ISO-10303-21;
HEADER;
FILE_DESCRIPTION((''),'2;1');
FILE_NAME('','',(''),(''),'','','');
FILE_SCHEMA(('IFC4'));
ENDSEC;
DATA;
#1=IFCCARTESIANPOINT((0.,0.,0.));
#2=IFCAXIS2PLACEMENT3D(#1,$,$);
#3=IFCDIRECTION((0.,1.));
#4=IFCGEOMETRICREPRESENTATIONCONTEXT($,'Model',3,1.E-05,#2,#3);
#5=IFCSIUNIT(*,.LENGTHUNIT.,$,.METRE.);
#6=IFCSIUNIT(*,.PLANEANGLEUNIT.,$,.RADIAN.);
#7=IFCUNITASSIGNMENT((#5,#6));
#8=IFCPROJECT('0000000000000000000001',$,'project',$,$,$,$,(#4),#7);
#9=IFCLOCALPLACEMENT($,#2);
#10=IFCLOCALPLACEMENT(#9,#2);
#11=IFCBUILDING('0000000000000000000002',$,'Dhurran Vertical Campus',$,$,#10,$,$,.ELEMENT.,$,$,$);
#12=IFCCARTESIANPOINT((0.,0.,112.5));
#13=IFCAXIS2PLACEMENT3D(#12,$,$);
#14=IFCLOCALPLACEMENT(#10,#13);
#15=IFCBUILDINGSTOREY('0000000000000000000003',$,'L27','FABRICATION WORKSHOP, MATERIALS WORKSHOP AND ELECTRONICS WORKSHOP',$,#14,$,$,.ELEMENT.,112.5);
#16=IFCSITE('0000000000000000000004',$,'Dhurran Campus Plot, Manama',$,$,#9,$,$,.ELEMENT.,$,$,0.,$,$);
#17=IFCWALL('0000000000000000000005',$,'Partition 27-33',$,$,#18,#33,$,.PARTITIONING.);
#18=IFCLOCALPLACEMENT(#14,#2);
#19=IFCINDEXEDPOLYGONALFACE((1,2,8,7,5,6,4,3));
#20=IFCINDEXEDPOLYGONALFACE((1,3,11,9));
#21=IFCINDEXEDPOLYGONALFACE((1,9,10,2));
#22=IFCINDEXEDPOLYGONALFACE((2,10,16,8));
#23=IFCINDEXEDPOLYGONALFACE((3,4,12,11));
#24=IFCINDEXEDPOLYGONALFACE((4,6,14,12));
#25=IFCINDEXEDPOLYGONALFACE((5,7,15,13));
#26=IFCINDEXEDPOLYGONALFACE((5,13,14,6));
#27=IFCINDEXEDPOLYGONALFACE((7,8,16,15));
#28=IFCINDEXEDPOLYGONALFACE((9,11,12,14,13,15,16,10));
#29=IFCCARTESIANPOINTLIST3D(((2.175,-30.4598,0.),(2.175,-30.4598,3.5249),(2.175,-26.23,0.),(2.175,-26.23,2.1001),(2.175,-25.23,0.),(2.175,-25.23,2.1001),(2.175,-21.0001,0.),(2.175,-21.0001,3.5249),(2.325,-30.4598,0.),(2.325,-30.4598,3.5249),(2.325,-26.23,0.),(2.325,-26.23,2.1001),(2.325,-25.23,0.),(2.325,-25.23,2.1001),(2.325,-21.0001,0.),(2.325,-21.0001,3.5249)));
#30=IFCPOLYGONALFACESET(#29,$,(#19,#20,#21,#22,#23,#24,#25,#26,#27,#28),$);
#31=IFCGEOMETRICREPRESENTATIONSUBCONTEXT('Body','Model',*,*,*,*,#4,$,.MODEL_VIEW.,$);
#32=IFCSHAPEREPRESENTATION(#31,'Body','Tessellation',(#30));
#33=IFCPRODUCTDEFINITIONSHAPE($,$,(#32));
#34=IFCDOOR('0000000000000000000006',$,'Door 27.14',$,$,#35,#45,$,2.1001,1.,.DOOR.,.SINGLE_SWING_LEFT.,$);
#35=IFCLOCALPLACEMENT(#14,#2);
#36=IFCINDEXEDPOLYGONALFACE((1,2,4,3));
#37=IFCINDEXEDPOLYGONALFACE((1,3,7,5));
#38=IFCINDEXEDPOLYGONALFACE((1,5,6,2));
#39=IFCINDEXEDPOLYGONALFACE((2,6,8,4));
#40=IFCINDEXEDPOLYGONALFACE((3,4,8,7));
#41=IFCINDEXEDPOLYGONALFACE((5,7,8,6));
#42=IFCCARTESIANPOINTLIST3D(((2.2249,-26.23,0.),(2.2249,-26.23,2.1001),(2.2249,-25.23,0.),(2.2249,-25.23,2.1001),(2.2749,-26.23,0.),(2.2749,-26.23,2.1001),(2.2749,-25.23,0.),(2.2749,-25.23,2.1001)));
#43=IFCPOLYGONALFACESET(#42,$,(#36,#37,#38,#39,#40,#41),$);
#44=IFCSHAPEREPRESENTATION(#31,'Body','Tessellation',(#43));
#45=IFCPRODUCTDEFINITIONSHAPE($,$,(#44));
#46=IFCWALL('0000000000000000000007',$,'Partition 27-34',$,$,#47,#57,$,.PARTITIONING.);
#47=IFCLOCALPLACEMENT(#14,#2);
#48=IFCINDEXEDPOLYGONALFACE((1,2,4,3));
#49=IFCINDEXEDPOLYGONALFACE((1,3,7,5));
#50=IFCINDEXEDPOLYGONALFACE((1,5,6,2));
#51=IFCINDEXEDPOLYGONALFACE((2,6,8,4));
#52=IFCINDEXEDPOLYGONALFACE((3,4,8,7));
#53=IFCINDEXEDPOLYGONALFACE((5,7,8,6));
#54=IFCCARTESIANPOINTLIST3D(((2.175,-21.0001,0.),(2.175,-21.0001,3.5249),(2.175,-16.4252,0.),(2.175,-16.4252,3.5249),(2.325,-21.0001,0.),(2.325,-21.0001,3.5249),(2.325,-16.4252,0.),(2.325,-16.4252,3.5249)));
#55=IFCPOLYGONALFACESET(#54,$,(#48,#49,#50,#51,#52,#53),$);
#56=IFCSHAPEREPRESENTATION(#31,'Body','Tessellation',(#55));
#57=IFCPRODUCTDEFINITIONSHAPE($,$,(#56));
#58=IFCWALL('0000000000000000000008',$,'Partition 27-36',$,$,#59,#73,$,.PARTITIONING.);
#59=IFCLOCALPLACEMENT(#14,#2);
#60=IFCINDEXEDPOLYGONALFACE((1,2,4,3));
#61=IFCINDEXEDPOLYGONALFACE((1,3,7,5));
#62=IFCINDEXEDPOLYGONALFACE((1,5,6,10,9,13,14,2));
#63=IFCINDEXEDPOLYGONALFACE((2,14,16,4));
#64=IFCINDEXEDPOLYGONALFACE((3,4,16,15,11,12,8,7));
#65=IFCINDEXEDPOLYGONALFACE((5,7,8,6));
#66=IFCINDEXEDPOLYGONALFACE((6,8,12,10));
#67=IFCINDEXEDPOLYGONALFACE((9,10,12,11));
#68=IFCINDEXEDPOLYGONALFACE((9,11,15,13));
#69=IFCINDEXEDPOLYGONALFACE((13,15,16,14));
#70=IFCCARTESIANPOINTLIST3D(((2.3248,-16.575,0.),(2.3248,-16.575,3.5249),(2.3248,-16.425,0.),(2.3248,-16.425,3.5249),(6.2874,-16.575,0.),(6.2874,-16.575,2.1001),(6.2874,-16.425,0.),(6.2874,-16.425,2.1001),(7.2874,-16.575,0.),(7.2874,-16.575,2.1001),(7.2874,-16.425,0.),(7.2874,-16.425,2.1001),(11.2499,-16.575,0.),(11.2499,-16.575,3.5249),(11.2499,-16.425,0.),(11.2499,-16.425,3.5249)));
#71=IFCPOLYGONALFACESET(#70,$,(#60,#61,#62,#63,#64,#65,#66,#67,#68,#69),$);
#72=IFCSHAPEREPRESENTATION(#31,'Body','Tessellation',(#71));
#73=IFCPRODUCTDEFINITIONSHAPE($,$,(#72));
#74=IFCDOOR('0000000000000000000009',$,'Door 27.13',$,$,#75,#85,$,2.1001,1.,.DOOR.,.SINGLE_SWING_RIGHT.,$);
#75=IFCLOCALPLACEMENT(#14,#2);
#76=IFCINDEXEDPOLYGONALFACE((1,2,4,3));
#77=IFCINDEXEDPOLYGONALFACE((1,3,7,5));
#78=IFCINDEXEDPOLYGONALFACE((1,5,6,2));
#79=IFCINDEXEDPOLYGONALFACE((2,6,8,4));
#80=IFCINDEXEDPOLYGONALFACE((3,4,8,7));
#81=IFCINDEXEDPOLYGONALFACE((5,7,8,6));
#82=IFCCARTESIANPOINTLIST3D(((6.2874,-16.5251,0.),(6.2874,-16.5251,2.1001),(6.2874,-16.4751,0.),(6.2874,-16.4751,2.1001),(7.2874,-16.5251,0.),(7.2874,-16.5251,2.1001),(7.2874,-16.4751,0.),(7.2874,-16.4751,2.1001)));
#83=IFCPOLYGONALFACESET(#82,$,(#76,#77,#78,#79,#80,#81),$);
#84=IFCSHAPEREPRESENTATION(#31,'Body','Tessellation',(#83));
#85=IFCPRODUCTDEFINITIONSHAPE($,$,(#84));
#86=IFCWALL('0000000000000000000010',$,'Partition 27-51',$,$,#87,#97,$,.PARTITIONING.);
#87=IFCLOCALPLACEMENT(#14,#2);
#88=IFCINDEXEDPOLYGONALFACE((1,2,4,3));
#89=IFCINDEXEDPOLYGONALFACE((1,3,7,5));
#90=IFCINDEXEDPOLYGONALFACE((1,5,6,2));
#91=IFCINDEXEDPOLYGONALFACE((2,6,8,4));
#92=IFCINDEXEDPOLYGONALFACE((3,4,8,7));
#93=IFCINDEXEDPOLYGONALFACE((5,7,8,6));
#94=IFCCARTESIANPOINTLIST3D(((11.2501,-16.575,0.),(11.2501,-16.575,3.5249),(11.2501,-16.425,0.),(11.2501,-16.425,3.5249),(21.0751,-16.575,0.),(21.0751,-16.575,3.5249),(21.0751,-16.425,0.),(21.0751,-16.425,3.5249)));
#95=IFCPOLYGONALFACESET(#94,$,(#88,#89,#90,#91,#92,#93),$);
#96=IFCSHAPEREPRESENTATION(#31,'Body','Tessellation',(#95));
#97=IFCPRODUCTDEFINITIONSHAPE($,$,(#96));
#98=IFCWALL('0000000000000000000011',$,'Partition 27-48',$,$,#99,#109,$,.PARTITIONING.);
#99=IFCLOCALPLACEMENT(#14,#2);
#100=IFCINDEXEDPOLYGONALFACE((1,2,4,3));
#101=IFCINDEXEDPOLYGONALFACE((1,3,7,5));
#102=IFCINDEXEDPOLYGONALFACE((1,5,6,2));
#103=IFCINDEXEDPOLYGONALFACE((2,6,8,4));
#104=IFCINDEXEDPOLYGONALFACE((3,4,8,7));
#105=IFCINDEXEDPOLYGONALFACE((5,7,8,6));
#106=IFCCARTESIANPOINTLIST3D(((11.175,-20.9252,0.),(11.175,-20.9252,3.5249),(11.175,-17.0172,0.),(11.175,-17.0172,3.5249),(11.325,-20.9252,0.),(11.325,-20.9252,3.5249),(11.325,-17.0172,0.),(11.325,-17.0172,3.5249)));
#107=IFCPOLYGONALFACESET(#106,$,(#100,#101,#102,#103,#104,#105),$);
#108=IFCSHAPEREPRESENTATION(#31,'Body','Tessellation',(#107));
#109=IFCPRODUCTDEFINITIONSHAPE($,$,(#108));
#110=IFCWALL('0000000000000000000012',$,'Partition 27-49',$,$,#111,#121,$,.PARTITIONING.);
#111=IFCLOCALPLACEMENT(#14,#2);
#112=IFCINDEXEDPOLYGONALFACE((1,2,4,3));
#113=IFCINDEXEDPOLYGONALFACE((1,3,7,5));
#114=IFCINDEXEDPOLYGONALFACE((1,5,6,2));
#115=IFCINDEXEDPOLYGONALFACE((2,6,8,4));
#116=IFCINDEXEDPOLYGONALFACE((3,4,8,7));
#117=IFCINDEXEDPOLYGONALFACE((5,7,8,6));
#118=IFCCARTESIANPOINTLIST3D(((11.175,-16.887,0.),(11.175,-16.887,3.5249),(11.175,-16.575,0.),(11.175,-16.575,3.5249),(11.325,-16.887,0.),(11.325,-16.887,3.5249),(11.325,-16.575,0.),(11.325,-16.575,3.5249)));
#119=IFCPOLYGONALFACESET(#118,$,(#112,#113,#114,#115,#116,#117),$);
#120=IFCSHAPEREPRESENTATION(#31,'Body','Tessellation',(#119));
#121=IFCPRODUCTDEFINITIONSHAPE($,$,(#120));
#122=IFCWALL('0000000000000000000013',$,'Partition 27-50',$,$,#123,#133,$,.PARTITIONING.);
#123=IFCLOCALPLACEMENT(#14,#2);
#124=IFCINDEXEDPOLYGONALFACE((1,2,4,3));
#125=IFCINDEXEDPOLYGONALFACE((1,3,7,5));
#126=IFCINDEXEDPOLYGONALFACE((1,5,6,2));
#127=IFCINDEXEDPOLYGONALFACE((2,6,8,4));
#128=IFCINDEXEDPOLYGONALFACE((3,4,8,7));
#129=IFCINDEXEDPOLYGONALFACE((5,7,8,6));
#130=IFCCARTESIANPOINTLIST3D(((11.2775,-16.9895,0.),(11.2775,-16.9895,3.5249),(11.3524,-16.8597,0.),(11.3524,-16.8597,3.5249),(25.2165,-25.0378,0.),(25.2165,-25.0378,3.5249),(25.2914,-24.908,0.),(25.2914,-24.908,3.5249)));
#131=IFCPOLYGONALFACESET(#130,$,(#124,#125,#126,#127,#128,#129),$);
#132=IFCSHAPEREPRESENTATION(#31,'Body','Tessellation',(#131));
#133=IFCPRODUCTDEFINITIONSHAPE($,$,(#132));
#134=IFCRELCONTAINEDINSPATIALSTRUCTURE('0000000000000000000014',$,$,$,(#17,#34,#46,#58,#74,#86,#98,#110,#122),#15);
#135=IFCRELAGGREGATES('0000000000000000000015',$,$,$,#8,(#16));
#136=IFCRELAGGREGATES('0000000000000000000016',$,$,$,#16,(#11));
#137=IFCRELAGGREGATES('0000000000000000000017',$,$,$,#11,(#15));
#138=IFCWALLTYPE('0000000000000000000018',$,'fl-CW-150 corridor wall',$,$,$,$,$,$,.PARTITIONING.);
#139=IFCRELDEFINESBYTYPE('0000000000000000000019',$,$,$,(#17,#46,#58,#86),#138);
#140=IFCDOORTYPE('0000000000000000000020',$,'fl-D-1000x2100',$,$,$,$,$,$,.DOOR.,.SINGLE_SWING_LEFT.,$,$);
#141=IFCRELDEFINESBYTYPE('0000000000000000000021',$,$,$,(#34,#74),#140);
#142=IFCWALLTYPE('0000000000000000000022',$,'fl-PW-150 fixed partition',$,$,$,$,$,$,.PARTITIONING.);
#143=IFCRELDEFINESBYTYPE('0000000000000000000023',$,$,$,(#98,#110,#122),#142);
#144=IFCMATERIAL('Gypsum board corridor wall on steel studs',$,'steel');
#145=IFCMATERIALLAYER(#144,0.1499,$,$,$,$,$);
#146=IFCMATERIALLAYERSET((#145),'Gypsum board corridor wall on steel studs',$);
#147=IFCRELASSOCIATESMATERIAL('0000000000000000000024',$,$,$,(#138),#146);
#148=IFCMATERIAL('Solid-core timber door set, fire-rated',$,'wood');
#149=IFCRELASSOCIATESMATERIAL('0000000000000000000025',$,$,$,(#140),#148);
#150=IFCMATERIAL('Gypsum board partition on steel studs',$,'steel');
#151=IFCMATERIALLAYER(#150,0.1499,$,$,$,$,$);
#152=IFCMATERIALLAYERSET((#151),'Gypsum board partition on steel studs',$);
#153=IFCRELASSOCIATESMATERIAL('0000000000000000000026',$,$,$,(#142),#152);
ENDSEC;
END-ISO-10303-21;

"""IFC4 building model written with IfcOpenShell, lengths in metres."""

from ifc_helpers import new_model, si_unit, direction, frame, frame_2d, origin, place, context, subcontext, project, spatial, rectangle, extrude, material, layer, layer_set, type_object, element, fill, save


model = new_model("IFC4")

# Units and contexts
model_context = context("Model", 3, precision=1e-05, world=origin(), true_north=direction((0.0, 1.0)))
body_context = subcontext(model_context, "Body", "Model", "MODEL_VIEW")
ifc_project = project(units=[si_unit("LENGTHUNIT", "METRE"), si_unit("PLANEANGLEUNIT", "RADIAN")], contexts=[model_context])

# Site, building, storey
site_placement = place(None, origin())
site = spatial("IfcSite", under=ifc_project, at=site_placement, Name="Dhurran Campus Plot, Manama", CompositionType="ELEMENT", RefElevation=0.0)
building_placement = place(site_placement, origin())
building = spatial("IfcBuilding", under=site, at=building_placement, Name="Dhurran Vertical Campus", CompositionType="ELEMENT")
storey_placement = place(building_placement, frame((0.0, 0.0, 112.5)))
storey = spatial("IfcBuildingStorey", under=building, at=storey_placement, Name="L27", Description="FABRICATION WORKSHOP, MATERIALS WORKSHOP AND ELECTRONICS WORKSHOP", CompositionType="ELEMENT", Elevation=112.5)

# Wall, opening, door
ifc_material_1 = material(Name="Gypsum board corridor wall on steel studs", Category="steel")
ifc_layer_1 = layer(ifc_material_1, 0.1499)
ifc_layer_set_1 = layer_set([ifc_layer_1], Name="Gypsum board corridor wall on steel studs")
wall_type_1 = type_object("IfcWallType", Name="fl-CW-150 corridor wall", PredefinedType="PARTITIONING", material=ifc_layer_set_1)
wall_1_placement = place(storey_placement, frame((2.25, -21.0, 0.0), z_axis=(0.0, 0.0, 1.0), x_axis=(0.0, -1.0, 0.0)))
wall_1 = element("IfcWall", 1, at=wall_1_placement, inside=storey, type_object=wall_type_1, Name="Partition 27-33", PredefinedType="PARTITIONING", context=body_context, shape_type="SweptSolid", body=[
    extrude(rectangle(XDim=9.4597, YDim=0.1499, at=frame_2d((4.73, 0.0))), origin(), (0.0, 0.0, 1.0), 3.5249),
])
opening_1_placement = place(wall_1_placement, frame((4.23, 0.0, 0.0)))
opening_1 = element("IfcOpeningElement", 2, at=opening_1_placement, cuts=wall_1, PredefinedType="OPENING", context=body_context, shape_type="SweptSolid", body=[
    extrude(rectangle(XDim=1.0, YDim=2.1001, at=frame_2d((0.5, 1.05))), frame((0.0, 0.085, 0.0), z_axis=(0.0, -1.0, 0.0), x_axis=(1.0, 0.0, 0.0)), (0.0, 0.0, 1.0), 0.1699),
])
ifc_material_2 = material(Name="Solid-core timber door set, fire-rated", Category="wood")
door_type_1 = type_object("IfcDoorType", Name="fl-D-1000x2100", OperationType="SINGLE_SWING_LEFT", PredefinedType="DOOR", material=ifc_material_2)
door_1_placement = place(opening_1_placement, origin())
door_1 = element("IfcDoor", 3, at=door_1_placement, inside=storey, type_object=door_type_1, Name="Door 27.14", OperationType="SINGLE_SWING_LEFT", OverallHeight=2.1001, OverallWidth=1.0, PredefinedType="DOOR", context=body_context, shape_type="SweptSolid", body=[
    extrude(rectangle(XDim=1.0, YDim=2.1001, at=frame_2d((0.5, 1.05))), frame((0.0, 0.0249, 0.0), z_axis=(0.0, -1.0, 0.0), x_axis=(1.0, 0.0, 0.0)), (0.0, 0.0, 1.0), 0.05),
])
fill(opening_1, door_1)

# Wall
wall_2_placement = place(storey_placement, frame((2.25, -16.425, 0.0), z_axis=(0.0, 0.0, 1.0), x_axis=(0.0, -1.0, 0.0)))
element("IfcWall", 4, at=wall_2_placement, inside=storey, type_object=wall_type_1, Name="Partition 27-34", PredefinedType="PARTITIONING", context=body_context, shape_type="SweptSolid", body=[
    extrude(rectangle(XDim=4.575, YDim=0.1499, at=frame_2d((2.2876, 0.0))), origin(), (0.0, 0.0, 1.0), 3.5249),
])

# Wall, opening, door
wall_3_placement = place(storey_placement, frame((2.325, -16.5, 0.0), z_axis=(0.0, 0.0, 1.0), x_axis=(1.0, 0.0, 0.0)))
wall_3 = element("IfcWall", 5, at=wall_3_placement, inside=storey, type_object=wall_type_1, Name="Partition 27-36", PredefinedType="PARTITIONING", context=body_context, shape_type="SweptSolid", body=[
    extrude(rectangle(XDim=8.925, YDim=0.1499, at=frame_2d((4.4624, 0.0))), origin(), (0.0, 0.0, 1.0), 3.5249),
])
opening_2_placement = place(wall_3_placement, frame((3.9624, 0.0, 0.0)))
opening_2 = element("IfcOpeningElement", 6, at=opening_2_placement, cuts=wall_3, PredefinedType="OPENING", context=body_context, shape_type="SweptSolid", body=[
    extrude(rectangle(XDim=1.0, YDim=2.1001, at=frame_2d((0.5, 1.05))), frame((0.0, 0.085, 0.0), z_axis=(0.0, -1.0, 0.0), x_axis=(1.0, 0.0, 0.0)), (0.0, 0.0, 1.0), 0.1699),
])
door_2_placement = place(opening_2_placement, origin())
door_2 = element("IfcDoor", 7, at=door_2_placement, inside=storey, type_object=door_type_1, Name="Door 27.13", OperationType="SINGLE_SWING_RIGHT", OverallHeight=2.1001, OverallWidth=1.0, PredefinedType="DOOR", context=body_context, shape_type="SweptSolid", body=[
    extrude(rectangle(XDim=1.0, YDim=2.1001, at=frame_2d((0.5, 1.05))), frame((0.0, 0.0249, 0.0), z_axis=(0.0, -1.0, 0.0), x_axis=(1.0, 0.0, 0.0)), (0.0, 0.0, 1.0), 0.05),
])
fill(opening_2, door_2)

# Walls
wall_4_placement = place(storey_placement, frame((11.25, -16.5, 0.0), z_axis=(0.0, 0.0, 1.0), x_axis=(1.0, 0.0, 0.0)))
element("IfcWall", 8, at=wall_4_placement, inside=storey, type_object=wall_type_1, Name="Partition 27-51", PredefinedType="PARTITIONING", context=body_context, shape_type="SweptSolid", body=[
    extrude(rectangle(XDim=9.825, YDim=0.1499, at=frame_2d((4.9126, 0.0))), origin(), (0.0, 0.0, 1.0), 3.5249),
])
ifc_material_3 = material(Name="Gypsum board partition on steel studs", Category="steel")
ifc_layer_2 = layer(ifc_material_3, 0.1499)
ifc_layer_set_2 = layer_set([ifc_layer_2], Name="Gypsum board partition on steel studs")
wall_type_2 = type_object("IfcWallType", Name="fl-PW-150 fixed partition", PredefinedType="PARTITIONING", material=ifc_layer_set_2)
wall_5_placement = place(storey_placement, frame((11.25, -17.0171, 0.0), z_axis=(0.0, 0.0, 1.0), x_axis=(0.0, -1.0, 0.0)))
element("IfcWall", 9, at=wall_5_placement, inside=storey, type_object=wall_type_2, Name="Partition 27-48", PredefinedType="PARTITIONING", context=body_context, shape_type="SweptSolid", body=[
    extrude(rectangle(XDim=3.908, YDim=0.1499, at=frame_2d((1.9541, 0.0))), origin(), (0.0, 0.0, 1.0), 3.5249),
])
wall_6_placement = place(storey_placement, frame((11.25, -16.575, 0.0), z_axis=(0.0, 0.0, 1.0), x_axis=(0.0, -1.0, 0.0)))
element("IfcWall", 10, at=wall_6_placement, inside=storey, type_object=wall_type_2, Name="Partition 27-49", PredefinedType="PARTITIONING", context=body_context, shape_type="SweptSolid", body=[
    extrude(rectangle(XDim=0.312, YDim=0.1499, at=frame_2d((0.156, 0.0))), origin(), (0.0, 0.0, 1.0), 3.5249),
])
wall_7_placement = place(storey_placement, frame((11.3149, -16.9246, 0.0), z_axis=(0.0, 0.0, 1.0), x_axis=(0.866007, -0.500031, 0.0)))
element("IfcWall", 11, at=wall_7_placement, inside=storey, type_object=wall_type_2, Name="Partition 27-50", PredefinedType="PARTITIONING", context=body_context, shape_type="SweptSolid", body=[
    extrude(rectangle(XDim=16.0957, YDim=0.1499, at=frame_2d((8.0479, 0.0))), origin(), (0.0, 0.0, 1.0), 3.5249),
])

save(model, "model.ifc")
